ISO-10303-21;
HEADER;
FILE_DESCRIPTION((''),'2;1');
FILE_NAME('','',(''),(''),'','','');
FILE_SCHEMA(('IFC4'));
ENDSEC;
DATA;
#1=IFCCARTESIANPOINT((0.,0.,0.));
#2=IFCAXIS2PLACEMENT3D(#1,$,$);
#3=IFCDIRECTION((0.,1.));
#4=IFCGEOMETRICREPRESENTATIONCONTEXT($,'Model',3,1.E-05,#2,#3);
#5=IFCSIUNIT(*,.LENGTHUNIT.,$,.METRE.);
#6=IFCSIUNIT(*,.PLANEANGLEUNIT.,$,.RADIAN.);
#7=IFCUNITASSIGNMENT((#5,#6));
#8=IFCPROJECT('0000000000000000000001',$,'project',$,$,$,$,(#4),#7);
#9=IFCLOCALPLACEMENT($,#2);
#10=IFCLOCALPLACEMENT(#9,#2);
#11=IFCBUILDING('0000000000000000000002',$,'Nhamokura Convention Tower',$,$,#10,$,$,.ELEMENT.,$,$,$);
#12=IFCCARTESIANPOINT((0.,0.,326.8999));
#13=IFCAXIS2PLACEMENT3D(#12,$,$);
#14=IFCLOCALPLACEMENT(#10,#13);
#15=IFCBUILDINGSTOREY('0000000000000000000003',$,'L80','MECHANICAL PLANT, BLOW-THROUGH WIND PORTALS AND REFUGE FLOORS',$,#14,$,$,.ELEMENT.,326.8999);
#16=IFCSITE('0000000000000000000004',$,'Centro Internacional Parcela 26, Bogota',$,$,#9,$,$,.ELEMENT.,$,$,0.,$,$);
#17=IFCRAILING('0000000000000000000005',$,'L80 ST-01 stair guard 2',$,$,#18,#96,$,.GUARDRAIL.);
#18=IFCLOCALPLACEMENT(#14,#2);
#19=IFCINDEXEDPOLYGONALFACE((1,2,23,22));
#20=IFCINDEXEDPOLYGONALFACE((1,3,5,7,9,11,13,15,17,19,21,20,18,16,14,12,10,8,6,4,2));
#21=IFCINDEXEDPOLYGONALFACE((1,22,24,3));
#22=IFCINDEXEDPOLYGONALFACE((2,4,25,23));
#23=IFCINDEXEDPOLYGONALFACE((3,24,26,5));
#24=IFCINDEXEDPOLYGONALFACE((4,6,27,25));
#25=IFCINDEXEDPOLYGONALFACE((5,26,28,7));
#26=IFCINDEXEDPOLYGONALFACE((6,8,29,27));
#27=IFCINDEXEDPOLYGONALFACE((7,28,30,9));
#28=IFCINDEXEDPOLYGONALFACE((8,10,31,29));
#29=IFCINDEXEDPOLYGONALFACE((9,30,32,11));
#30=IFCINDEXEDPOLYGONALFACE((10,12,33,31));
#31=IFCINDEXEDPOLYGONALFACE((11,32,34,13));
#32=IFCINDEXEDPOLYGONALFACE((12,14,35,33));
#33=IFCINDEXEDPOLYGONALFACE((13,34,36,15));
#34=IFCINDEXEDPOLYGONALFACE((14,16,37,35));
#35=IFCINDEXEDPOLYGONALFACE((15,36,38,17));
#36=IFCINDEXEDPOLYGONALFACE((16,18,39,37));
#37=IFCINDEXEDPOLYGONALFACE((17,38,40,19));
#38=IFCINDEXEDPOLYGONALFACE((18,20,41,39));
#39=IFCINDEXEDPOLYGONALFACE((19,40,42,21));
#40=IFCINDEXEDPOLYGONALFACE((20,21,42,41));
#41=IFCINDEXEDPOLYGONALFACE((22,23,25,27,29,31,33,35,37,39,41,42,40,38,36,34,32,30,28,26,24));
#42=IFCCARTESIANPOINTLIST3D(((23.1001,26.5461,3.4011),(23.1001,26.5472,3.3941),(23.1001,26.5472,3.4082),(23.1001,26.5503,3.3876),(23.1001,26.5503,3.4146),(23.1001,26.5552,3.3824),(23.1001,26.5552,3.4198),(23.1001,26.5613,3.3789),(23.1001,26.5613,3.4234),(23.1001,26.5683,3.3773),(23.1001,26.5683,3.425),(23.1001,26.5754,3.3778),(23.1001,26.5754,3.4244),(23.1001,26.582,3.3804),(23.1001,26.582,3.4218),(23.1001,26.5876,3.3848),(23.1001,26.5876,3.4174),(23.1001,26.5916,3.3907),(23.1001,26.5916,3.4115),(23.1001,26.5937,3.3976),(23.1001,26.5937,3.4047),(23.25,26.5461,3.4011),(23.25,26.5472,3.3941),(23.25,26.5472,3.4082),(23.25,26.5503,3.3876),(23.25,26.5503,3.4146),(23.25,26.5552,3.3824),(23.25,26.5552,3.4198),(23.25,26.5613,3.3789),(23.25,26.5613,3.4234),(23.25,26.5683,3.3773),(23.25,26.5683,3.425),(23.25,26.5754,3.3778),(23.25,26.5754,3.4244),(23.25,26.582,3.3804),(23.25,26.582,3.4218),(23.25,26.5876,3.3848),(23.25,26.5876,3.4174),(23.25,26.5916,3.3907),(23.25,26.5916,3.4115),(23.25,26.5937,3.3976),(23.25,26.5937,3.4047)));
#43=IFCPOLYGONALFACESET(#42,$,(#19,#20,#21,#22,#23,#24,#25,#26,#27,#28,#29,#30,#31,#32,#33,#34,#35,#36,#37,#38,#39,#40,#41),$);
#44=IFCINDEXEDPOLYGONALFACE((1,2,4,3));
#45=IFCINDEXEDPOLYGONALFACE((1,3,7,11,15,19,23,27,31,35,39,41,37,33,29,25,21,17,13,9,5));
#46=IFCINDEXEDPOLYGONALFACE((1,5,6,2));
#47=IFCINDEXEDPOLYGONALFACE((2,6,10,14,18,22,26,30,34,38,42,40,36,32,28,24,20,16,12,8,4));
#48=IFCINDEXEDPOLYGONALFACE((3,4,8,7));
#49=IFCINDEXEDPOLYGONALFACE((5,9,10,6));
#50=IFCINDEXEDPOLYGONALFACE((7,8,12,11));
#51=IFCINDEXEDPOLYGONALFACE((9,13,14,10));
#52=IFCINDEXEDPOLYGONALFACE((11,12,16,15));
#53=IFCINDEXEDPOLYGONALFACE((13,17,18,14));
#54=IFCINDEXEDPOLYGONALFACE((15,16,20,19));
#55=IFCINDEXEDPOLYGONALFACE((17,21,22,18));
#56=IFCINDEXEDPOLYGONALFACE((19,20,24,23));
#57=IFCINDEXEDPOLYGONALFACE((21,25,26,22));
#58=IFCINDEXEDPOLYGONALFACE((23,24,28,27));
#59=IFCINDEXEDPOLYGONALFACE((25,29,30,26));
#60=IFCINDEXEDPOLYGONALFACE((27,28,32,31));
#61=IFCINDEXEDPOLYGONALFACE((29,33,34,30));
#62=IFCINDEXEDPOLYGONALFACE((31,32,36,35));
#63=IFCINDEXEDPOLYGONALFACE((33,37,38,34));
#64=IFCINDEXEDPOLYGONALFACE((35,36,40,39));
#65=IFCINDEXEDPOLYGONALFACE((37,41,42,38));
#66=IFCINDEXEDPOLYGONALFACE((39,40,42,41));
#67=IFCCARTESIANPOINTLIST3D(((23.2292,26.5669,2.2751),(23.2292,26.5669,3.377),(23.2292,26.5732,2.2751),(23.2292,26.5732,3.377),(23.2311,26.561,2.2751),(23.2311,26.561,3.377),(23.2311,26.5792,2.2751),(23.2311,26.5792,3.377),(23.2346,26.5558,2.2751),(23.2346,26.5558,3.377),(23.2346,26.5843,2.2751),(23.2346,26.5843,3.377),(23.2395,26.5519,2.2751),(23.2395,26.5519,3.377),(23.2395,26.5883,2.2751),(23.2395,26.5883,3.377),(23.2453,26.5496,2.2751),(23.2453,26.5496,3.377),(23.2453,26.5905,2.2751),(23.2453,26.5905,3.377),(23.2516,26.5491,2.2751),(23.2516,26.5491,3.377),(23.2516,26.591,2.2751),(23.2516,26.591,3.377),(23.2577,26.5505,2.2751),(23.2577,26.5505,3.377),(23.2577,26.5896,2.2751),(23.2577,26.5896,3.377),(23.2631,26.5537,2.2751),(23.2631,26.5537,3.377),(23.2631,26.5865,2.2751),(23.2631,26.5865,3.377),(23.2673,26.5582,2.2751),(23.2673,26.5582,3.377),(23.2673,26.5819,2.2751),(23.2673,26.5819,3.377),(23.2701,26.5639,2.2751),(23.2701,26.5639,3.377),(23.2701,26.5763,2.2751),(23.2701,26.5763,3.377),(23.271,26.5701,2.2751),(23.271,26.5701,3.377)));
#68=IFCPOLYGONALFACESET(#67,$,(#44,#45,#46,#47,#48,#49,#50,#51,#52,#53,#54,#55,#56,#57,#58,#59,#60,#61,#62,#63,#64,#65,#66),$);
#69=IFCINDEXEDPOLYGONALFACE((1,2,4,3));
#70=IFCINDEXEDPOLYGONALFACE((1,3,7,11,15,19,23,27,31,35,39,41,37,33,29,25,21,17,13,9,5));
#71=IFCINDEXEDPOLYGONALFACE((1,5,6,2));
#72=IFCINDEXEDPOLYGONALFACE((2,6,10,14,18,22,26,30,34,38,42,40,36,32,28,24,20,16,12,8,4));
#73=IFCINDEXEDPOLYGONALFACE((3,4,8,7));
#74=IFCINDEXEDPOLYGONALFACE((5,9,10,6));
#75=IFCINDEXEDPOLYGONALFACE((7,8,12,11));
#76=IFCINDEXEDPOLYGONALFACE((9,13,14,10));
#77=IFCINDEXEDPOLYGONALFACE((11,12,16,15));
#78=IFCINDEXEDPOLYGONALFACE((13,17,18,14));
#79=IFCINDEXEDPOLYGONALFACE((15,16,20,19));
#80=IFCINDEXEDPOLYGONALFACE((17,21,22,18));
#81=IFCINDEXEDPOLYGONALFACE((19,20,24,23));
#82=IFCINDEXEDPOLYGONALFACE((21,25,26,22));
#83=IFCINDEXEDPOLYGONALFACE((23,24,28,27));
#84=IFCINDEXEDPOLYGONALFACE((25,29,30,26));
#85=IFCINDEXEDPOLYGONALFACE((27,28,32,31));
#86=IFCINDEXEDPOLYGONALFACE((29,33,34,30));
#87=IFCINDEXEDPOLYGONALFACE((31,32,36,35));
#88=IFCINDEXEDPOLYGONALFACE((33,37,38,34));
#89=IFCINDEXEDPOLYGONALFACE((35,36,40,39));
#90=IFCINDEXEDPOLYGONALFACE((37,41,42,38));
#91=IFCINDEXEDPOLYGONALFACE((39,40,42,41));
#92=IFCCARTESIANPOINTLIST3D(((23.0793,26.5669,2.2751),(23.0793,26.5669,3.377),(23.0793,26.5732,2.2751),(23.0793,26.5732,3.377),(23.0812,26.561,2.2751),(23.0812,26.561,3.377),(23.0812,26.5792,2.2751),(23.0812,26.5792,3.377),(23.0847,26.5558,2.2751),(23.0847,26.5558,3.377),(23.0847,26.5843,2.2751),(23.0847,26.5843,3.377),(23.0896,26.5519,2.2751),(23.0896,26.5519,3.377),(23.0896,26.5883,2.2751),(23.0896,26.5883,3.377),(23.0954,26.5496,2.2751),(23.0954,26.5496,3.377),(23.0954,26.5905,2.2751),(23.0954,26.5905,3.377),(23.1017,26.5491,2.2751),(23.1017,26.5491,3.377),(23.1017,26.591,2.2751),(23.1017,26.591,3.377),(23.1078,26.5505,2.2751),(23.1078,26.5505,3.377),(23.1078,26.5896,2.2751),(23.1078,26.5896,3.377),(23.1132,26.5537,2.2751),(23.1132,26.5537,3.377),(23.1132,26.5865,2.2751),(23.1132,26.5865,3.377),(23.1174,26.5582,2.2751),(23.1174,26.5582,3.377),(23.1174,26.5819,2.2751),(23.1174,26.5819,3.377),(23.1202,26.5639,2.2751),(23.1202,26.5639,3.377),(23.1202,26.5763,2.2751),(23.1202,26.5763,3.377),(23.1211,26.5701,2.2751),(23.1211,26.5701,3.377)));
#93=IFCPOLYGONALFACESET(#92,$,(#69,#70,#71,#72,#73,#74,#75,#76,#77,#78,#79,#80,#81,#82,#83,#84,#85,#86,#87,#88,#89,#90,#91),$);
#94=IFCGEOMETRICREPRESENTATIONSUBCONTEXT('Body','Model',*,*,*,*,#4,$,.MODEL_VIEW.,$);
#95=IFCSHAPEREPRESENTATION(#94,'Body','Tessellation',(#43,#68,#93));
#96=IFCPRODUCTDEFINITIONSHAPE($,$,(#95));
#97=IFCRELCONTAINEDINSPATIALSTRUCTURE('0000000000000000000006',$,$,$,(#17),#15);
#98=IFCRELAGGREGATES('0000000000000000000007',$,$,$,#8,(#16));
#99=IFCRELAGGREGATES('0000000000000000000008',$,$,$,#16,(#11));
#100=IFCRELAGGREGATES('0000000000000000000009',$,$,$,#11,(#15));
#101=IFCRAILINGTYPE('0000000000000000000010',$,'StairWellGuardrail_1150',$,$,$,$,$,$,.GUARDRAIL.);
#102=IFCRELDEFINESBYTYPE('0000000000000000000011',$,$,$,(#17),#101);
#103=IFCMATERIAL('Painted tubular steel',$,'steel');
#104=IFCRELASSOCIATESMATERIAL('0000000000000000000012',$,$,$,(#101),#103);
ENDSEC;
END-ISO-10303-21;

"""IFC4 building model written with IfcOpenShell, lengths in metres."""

from ifc_helpers import new_model, si_unit, direction, frame, origin, origin_2d, place, context, subcontext, project, spatial, circle, extrude, material, type_object, element, save


model = new_model("IFC4")

# Units and contexts
model_context = context("Model", 3, precision=1e-05, world=origin(), true_north=direction((0.0, 1.0)))
body_context = subcontext(model_context, "Body", "Model", "MODEL_VIEW")
ifc_project = project(units=[si_unit("LENGTHUNIT", "METRE"), si_unit("PLANEANGLEUNIT", "RADIAN")], contexts=[model_context])

# Site, building, storey
site_placement = place(None, origin())
site = spatial("IfcSite", under=ifc_project, at=site_placement, Name="Centro Internacional Parcela 26, Bogota", CompositionType="ELEMENT", RefElevation=0.0)
building_placement = place(site_placement, origin())
building = spatial("IfcBuilding", under=site, at=building_placement, Name="Nhamokura Convention Tower", CompositionType="ELEMENT")
storey_placement = place(building_placement, frame((0.0, 0.0, 326.8999)))
storey = spatial("IfcBuildingStorey", under=building, at=storey_placement, Name="L80", Description="MECHANICAL PLANT, BLOW-THROUGH WIND PORTALS AND REFUGE FLOORS", CompositionType="ELEMENT", Elevation=326.8999)

# Railing
ifc_material_1 = material(Name="Painted tubular steel", Category="steel")
railing_type_1 = type_object("IfcRailingType", Name="StairWellGuardrail_1150", PredefinedType="GUARDRAIL", material=ifc_material_1)
railing_1_placement = place(storey_placement, frame((23.25, 26.5701, 2.2751)))
element("IfcRailing", 1, at=railing_1_placement, inside=storey, type_object=railing_type_1, Name="L80 ST-01 stair guard 2", PredefinedType="GUARDRAIL", context=body_context, shape_type="SweptSolid", body=[
    extrude(circle(Radius=0.0239, at=origin_2d()), frame((0.0, 0.0, 1.126), z_axis=(-1.0, 0.0, 0.0), x_axis=(0.0, -1.0, 0.0)), (0.0, 0.0, 1.0), 0.1499),
    extrude(circle(Radius=0.021, at=origin_2d()), origin(), (0.0, 0.0, 1.0), 1.1018),
    extrude(circle(Radius=0.021, at=origin_2d()), frame((-0.1499, 0.0, 0.0)), (0.0, 0.0, 1.0), 1.1018),
])

save(model, "model.ifc")
